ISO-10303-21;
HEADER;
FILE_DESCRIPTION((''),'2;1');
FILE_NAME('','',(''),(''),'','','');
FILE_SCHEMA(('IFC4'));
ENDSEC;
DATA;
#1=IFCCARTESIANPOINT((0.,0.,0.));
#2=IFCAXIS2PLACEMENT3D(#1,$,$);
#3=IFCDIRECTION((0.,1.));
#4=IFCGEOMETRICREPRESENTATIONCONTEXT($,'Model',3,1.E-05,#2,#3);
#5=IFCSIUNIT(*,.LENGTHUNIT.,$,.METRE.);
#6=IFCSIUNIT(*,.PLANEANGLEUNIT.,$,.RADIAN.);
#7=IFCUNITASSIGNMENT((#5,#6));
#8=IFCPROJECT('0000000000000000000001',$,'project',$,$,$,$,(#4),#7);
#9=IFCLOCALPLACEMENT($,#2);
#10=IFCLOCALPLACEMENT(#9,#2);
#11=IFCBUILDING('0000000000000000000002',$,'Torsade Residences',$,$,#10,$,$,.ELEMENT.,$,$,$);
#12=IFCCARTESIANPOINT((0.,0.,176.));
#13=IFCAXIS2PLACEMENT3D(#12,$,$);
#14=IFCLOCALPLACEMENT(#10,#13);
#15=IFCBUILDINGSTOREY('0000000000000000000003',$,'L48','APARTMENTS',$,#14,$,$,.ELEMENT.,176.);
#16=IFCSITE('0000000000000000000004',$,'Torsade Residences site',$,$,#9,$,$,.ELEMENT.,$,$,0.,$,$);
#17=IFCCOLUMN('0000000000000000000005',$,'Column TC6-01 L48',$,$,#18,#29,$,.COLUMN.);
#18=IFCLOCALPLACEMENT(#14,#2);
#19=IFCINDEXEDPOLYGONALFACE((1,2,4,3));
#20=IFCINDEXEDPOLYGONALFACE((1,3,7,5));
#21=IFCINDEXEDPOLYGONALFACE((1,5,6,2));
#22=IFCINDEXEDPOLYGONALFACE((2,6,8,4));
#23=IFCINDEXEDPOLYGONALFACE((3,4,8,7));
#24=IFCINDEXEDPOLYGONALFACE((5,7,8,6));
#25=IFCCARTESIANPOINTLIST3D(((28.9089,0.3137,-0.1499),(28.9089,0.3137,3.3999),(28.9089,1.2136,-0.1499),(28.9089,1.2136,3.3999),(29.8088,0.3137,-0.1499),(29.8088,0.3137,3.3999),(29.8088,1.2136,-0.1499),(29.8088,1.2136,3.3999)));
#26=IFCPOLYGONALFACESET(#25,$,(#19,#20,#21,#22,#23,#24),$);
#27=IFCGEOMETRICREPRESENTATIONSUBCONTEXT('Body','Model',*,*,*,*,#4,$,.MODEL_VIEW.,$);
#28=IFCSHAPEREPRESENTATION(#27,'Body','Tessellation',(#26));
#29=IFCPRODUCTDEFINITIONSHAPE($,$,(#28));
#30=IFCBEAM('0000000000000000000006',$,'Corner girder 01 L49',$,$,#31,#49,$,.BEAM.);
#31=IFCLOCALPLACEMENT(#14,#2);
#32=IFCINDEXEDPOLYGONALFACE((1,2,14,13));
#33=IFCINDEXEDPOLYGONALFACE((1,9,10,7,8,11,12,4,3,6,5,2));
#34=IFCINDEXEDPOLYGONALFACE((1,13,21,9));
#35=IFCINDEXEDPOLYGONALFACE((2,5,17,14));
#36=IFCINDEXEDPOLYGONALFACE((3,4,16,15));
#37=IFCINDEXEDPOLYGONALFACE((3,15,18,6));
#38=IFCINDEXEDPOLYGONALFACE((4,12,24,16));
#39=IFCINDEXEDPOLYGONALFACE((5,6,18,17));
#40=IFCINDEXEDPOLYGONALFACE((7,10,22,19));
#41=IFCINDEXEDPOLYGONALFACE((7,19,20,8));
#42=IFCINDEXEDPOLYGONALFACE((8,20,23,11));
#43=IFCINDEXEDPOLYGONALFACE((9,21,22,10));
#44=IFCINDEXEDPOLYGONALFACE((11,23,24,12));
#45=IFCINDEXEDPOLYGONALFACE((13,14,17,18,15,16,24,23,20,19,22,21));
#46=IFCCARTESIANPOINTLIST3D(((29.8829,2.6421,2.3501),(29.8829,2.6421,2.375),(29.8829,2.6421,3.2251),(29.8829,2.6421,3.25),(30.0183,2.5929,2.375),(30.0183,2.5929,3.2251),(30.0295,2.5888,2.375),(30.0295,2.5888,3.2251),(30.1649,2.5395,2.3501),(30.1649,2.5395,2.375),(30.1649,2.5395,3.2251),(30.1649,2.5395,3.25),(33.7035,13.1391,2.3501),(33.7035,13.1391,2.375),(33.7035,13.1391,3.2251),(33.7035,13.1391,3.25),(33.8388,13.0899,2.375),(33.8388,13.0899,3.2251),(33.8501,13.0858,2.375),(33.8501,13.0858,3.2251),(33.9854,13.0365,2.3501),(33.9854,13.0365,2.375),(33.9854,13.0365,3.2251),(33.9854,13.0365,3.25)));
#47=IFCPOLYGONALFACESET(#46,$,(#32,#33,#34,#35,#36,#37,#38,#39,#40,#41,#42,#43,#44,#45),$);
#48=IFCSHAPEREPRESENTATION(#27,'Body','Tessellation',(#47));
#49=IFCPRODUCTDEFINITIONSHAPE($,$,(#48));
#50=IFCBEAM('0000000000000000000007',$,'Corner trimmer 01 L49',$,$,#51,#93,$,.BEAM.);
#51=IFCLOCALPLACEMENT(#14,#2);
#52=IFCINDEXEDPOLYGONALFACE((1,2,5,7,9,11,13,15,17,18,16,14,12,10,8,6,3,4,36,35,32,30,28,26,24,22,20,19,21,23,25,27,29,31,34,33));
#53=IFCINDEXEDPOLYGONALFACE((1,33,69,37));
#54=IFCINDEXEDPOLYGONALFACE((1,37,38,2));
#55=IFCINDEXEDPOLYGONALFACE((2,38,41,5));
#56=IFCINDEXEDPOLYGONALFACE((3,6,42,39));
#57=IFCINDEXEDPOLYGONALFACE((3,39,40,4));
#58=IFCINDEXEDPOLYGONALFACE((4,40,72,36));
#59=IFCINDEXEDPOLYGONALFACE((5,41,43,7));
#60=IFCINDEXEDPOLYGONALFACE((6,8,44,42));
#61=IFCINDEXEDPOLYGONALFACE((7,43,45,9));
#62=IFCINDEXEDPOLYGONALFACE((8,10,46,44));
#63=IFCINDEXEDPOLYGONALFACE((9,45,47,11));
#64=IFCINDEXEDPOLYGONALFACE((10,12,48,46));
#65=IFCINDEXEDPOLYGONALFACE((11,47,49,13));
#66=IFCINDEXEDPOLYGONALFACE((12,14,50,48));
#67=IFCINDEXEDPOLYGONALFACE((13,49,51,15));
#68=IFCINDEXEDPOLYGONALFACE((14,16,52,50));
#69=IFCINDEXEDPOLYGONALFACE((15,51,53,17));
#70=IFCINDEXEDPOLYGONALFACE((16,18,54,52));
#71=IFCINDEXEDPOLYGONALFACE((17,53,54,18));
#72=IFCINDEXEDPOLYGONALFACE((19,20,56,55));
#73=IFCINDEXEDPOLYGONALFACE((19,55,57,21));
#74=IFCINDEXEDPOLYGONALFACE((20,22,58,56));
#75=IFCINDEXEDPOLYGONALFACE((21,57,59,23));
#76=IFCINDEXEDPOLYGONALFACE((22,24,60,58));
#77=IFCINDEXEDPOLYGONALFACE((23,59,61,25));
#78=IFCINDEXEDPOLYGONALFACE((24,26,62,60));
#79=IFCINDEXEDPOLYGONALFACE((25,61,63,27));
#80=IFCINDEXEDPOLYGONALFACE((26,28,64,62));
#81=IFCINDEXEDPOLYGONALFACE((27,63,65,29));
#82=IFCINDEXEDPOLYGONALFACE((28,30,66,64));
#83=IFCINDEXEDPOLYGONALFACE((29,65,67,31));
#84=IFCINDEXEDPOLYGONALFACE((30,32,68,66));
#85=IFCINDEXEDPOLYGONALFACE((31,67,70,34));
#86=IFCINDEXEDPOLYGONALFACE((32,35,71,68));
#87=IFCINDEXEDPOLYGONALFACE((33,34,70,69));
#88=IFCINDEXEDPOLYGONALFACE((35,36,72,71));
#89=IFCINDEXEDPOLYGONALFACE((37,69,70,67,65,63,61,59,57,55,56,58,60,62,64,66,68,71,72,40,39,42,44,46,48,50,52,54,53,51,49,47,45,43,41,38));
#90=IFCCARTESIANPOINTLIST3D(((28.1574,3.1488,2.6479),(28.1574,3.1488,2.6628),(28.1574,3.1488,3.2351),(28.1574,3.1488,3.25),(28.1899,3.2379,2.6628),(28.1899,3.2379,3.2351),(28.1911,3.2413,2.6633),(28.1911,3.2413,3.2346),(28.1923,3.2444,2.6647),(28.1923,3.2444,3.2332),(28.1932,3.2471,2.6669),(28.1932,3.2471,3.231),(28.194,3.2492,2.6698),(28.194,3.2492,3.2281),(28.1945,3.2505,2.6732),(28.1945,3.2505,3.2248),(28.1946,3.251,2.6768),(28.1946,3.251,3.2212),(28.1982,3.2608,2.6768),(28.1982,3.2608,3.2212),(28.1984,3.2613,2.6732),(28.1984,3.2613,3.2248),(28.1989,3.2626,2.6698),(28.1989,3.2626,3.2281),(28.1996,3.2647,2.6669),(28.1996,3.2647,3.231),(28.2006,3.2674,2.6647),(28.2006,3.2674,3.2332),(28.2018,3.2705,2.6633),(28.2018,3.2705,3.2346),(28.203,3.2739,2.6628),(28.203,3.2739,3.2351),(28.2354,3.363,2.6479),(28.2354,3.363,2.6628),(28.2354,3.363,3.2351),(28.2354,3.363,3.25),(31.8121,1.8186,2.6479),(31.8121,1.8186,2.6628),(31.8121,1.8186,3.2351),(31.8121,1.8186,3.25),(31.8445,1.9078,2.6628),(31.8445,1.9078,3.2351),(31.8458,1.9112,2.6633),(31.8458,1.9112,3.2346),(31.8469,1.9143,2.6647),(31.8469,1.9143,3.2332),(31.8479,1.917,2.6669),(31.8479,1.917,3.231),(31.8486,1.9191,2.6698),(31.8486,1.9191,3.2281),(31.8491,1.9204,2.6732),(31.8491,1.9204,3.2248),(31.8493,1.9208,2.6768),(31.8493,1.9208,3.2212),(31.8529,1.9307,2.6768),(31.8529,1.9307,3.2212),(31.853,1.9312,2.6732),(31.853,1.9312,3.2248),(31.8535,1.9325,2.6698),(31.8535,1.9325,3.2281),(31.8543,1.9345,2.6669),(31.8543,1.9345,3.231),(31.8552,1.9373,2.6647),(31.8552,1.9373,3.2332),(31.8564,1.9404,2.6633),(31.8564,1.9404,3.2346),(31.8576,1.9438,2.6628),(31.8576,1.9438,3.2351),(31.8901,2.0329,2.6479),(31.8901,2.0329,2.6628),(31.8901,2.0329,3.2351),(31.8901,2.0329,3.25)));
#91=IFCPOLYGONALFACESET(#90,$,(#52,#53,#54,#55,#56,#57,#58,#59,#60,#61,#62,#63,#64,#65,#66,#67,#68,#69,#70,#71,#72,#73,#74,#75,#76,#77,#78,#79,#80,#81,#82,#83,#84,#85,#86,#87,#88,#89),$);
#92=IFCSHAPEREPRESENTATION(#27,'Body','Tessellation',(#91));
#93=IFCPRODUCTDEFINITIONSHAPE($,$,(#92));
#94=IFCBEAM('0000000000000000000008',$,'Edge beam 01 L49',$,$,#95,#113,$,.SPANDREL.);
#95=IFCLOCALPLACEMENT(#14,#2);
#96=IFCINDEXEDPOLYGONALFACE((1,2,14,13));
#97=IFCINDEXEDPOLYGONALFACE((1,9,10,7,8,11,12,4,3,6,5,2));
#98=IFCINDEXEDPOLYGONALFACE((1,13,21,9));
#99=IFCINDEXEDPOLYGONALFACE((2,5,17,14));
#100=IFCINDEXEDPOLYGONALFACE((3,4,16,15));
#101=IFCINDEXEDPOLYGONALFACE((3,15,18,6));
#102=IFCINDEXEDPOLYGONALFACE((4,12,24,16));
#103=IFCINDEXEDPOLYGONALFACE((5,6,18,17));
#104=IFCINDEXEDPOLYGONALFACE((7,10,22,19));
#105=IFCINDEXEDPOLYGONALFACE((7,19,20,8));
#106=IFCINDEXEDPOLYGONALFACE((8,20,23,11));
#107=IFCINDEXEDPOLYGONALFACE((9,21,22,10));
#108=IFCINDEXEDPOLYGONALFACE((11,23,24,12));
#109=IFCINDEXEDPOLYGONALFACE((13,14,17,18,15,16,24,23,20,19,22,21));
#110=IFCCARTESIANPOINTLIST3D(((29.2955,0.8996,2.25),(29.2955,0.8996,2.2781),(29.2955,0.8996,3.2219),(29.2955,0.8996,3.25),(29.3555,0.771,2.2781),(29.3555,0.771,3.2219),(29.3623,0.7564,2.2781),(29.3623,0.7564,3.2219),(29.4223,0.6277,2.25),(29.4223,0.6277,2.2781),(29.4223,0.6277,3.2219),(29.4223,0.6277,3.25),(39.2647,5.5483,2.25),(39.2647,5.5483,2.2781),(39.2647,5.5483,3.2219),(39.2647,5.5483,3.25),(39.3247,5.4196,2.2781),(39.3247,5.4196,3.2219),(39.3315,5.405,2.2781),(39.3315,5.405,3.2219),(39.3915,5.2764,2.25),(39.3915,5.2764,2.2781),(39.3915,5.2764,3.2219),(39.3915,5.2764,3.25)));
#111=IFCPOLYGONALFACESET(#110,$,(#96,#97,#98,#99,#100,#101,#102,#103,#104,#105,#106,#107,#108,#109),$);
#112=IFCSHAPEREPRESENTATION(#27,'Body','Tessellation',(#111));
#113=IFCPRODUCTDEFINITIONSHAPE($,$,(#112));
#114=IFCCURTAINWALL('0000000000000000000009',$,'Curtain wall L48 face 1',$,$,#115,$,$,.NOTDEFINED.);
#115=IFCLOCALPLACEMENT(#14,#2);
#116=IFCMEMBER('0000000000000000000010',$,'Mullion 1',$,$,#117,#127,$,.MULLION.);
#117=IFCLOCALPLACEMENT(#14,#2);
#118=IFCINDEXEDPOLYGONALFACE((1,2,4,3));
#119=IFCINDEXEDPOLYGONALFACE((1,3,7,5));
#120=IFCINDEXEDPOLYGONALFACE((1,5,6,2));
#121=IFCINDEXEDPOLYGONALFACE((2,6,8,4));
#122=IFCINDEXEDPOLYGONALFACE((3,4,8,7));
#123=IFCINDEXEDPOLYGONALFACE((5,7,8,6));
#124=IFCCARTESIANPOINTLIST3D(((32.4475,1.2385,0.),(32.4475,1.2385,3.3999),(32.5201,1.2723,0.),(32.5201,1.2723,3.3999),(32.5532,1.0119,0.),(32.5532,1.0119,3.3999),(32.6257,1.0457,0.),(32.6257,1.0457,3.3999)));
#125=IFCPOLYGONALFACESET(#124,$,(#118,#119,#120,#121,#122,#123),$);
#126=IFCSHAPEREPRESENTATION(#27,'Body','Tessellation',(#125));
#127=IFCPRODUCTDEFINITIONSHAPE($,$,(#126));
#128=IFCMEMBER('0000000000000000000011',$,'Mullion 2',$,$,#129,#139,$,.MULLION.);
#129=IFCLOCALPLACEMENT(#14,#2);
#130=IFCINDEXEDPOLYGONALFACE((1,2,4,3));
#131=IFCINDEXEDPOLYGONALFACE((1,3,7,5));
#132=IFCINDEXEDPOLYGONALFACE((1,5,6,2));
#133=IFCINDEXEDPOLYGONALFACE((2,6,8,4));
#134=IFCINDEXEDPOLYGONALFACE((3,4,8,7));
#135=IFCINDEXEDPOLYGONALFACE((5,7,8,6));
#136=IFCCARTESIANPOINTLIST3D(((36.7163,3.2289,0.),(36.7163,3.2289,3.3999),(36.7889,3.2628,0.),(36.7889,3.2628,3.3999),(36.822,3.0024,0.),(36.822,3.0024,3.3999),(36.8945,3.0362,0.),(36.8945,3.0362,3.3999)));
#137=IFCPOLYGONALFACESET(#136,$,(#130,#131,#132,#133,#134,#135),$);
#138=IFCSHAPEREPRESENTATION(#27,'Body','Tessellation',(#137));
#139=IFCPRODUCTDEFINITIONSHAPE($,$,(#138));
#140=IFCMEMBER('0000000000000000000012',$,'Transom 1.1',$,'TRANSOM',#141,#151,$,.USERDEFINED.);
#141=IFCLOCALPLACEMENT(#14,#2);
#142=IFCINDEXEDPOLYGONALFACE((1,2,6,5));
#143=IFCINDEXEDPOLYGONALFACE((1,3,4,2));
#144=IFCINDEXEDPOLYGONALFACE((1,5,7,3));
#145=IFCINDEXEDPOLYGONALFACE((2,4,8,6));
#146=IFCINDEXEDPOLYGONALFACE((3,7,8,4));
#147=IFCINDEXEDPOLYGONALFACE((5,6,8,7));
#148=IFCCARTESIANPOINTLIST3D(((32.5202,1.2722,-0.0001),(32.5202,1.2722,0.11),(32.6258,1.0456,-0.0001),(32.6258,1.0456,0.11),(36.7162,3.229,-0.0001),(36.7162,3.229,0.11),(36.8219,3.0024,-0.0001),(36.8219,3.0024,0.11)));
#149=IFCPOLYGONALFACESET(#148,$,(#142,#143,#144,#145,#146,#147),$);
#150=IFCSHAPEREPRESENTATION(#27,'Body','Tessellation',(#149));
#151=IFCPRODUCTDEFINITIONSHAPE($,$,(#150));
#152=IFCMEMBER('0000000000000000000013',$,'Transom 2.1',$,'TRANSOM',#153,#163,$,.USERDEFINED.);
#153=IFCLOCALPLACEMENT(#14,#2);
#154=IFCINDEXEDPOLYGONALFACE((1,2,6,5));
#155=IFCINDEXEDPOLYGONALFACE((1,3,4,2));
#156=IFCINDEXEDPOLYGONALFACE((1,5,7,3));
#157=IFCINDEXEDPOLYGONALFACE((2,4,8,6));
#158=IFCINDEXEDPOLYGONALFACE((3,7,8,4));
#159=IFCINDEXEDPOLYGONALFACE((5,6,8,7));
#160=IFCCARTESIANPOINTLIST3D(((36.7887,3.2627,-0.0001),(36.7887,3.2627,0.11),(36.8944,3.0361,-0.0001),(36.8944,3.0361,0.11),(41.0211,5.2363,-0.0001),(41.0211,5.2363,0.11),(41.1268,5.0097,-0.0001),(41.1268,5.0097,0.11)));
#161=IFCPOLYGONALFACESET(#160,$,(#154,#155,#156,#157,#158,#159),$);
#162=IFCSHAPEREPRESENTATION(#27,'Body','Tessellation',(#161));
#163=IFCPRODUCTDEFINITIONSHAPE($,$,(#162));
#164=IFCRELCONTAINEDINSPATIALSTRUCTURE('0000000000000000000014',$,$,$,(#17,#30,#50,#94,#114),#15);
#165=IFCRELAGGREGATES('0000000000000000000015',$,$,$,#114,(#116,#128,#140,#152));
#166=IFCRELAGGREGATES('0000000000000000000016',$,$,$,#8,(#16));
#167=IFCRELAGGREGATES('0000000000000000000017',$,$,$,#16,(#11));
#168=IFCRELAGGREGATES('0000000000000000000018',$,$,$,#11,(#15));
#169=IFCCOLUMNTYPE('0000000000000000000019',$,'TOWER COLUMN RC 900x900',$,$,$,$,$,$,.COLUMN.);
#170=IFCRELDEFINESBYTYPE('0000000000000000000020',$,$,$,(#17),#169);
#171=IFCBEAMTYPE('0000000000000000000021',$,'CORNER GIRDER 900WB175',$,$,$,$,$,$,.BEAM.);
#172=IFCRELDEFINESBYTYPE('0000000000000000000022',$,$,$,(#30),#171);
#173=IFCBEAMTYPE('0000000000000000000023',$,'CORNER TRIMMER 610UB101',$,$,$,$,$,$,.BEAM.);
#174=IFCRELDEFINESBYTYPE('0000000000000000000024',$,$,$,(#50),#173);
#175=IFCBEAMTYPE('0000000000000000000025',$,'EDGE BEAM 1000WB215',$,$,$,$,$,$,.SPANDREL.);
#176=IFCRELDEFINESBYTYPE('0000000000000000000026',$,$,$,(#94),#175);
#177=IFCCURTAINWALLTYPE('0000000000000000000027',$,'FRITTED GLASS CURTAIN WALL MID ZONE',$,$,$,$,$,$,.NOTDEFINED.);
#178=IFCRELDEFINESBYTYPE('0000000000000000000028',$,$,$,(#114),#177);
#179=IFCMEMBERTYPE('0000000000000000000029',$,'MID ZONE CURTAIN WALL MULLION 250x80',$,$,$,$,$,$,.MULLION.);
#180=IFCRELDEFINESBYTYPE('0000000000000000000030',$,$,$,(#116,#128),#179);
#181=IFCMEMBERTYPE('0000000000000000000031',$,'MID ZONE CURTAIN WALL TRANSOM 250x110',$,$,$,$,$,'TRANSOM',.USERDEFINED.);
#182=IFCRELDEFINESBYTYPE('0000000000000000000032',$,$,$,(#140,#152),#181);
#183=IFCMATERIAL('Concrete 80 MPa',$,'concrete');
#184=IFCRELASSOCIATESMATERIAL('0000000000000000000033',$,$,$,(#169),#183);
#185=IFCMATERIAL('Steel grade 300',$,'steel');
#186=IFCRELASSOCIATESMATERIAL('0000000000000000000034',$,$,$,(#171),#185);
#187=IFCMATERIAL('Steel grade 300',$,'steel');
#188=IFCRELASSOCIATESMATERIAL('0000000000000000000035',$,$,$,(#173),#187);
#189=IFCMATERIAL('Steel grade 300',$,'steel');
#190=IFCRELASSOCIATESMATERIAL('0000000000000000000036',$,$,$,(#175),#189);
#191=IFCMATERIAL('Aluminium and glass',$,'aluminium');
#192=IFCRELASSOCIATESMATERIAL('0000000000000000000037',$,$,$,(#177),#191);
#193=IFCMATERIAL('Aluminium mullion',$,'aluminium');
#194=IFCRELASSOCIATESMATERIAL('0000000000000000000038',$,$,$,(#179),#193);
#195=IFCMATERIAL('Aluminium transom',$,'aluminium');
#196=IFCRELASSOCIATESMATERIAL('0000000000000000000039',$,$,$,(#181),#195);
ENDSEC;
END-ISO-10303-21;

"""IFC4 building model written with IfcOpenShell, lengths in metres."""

from ifc_helpers import new_model, si_unit, direction, frame, origin, origin_2d, place, context, subcontext, project, spatial, rectangle, i_section, extrude, material, material_profile, profile_set, type_object, element, aggregate, save


model = new_model("IFC4")

# Units and contexts
model_context = context("Model", 3, precision=1e-05, world=origin(), true_north=direction((0.0, 1.0)))
body_context = subcontext(model_context, "Body", "Model", "MODEL_VIEW")
ifc_project = project(units=[si_unit("LENGTHUNIT", "METRE"), si_unit("PLANEANGLEUNIT", "RADIAN")], contexts=[model_context])

# Site, building, storey
site_placement = place(None, origin())
site = spatial("IfcSite", under=ifc_project, at=site_placement, Name="Torsade Residences site", CompositionType="ELEMENT", RefElevation=0.0)
building_placement = place(site_placement, origin())
building = spatial("IfcBuilding", under=site, at=building_placement, Name="Torsade Residences", CompositionType="ELEMENT")
storey_placement = place(building_placement, frame((0.0, 0.0, 176.0)))
storey = spatial("IfcBuildingStorey", under=building, at=storey_placement, Name="L48", Description="APARTMENTS", CompositionType="ELEMENT", Elevation=176.0)

# Column
ifc_material_1 = material(Name="Concrete 80 MPa", Category="concrete")
ifc_material_profile_1 = material_profile(ifc_material_1, rectangle(XDim=0.8999, YDim=0.8999, at=origin_2d()), Name="RC 900x900")
ifc_profile_set_1 = profile_set([ifc_material_profile_1], Name="Concrete 80 MPa")
column_type = type_object("IfcColumnType", Name="TOWER COLUMN RC 900x900", PredefinedType="COLUMN", material=ifc_profile_set_1)
column_placement = place(storey_placement, frame((29.3589, 0.7637, -0.1499), z_axis=(0.0, 0.0, 1.0), x_axis=(1.0, 0.0, 0.0)))
element("IfcColumn", 1, at=column_placement, inside=storey, type_object=column_type, Name="Column TC6-01 L48", PredefinedType="COLUMN", context=body_context, shape_type="SweptSolid", body=[
    extrude(rectangle(XDim=0.8999, YDim=0.8999, at=origin_2d()), origin(), (0.0, 0.0, 1.0), 3.5498),
])

# Beams
ifc_material_2 = material(Name="Steel grade 300", Category="steel")
ifc_material_profile_2 = material_profile(ifc_material_2, i_section(OverallWidth=0.3, OverallDepth=0.8999, WebThickness=0.012, FlangeThickness=0.0249, at=origin_2d()), Name="900WB175")
ifc_profile_set_2 = profile_set([ifc_material_profile_2], Name="Steel grade 300")
beam_type_1 = type_object("IfcBeamType", Name="CORNER GIRDER 900WB175", PredefinedType="BEAM", material=ifc_profile_set_2)
beam_1_placement = place(storey_placement, frame((30.0239, 2.5908, 2.8), z_axis=(0.342015, 0.939694, 0.0), x_axis=(-0.939694, 0.342015, 0.0)))
element("IfcBeam", 2, at=beam_1_placement, inside=storey, type_object=beam_type_1, Name="Corner girder 01 L49", PredefinedType="BEAM", context=body_context, shape_type="SweptSolid", body=[
    extrude(i_section(OverallWidth=0.3, OverallDepth=0.8999, WebThickness=0.012, FlangeThickness=0.0249, at=origin_2d()), origin(), (0.0, 0.0, 1.0), 11.1707),
])
ifc_material_3 = material(Name="Steel grade 300", Category="steel")
ifc_material_profile_3 = material_profile(ifc_material_3, i_section(OverallWidth=0.228, OverallDepth=0.6021, WebThickness=0.0105, FlangeThickness=0.0149, FilletRadius=0.0139, at=origin_2d()), Name="610UB101")
ifc_profile_set_3 = profile_set([ifc_material_profile_3], Name="Steel grade 300")
beam_type_2 = type_object("IfcBeamType", Name="CORNER TRIMMER 610UB101", PredefinedType="BEAM", material=ifc_profile_set_3)
beam_2_placement = place(storey_placement, frame((31.8511, 1.9258, 2.949), z_axis=(-0.939698, 0.342005, 0.0), x_axis=(-0.342005, -0.939698, 0.0)))
element("IfcBeam", 3, at=beam_2_placement, inside=storey, type_object=beam_type_2, Name="Corner trimmer 01 L49", PredefinedType="BEAM", context=body_context, shape_type="SweptSolid", body=[
    extrude(i_section(OverallWidth=0.228, OverallDepth=0.6021, WebThickness=0.0105, FlangeThickness=0.0149, FilletRadius=0.0139, at=origin_2d()), origin(), (0.0, 0.0, 1.0), 3.8892),
])
ifc_material_4 = material(Name="Steel grade 300", Category="steel")
ifc_material_profile_4 = material_profile(ifc_material_4, i_section(OverallWidth=0.3, OverallDepth=1.0, WebThickness=0.0161, FlangeThickness=0.0281, at=origin_2d()), Name="1000WB215")
ifc_profile_set_4 = profile_set([ifc_material_profile_4], Name="Steel grade 300")
beam_type_3 = type_object("IfcBeamType", Name="EDGE BEAM 1000WB215", PredefinedType="SPANDREL", material=ifc_profile_set_4)
beam_3_placement = place(storey_placement, frame((29.3589, 0.7637, 2.75), z_axis=(0.90631, 0.422614, 0.0), x_axis=(-0.422614, 0.90631, 0.0)))
element("IfcBeam", 4, at=beam_3_placement, inside=storey, type_object=beam_type_3, Name="Edge beam 01 L49", PredefinedType="SPANDREL", context=body_context, shape_type="SweptSolid", body=[
    extrude(i_section(OverallWidth=0.3, OverallDepth=1.0, WebThickness=0.0161, FlangeThickness=0.0281, at=origin_2d()), origin(), (0.0, 0.0, 1.0), 10.9998),
])

# Curtain wall, members
ifc_material_5 = material(Name="Aluminium and glass", Category="aluminium")
curtain_wall_type = type_object("IfcCurtainWallType", Name="FRITTED GLASS CURTAIN WALL MID ZONE", PredefinedType="NOTDEFINED", material=ifc_material_5)
curtain_wall_placement = place(storey_placement, origin())
curtain_wall = element("IfcCurtainWall", 5, at=curtain_wall_placement, inside=storey, type_object=curtain_wall_type, Name="Curtain wall L48 face 1", PredefinedType="NOTDEFINED")
ifc_material_6 = material(Name="Aluminium mullion", Category="aluminium")
ifc_material_profile_5 = material_profile(ifc_material_6, rectangle(XDim=0.25, YDim=0.0801, at=origin_2d()), Name="MID ZONE CURTAIN WALL MULLION 250x80")
ifc_profile_set_5 = profile_set([ifc_material_profile_5], Name="Aluminium mullion")
member_type_1 = type_object("IfcMemberType", Name="MID ZONE CURTAIN WALL MULLION 250x80", PredefinedType="MULLION", material=ifc_profile_set_5)
member_1_placement = place(storey_placement, frame((32.5366, 1.1421, 0.0), z_axis=(0.0, 0.0, 1.0), x_axis=(-0.422618, 0.906308, 0.0)))
member_1 = element("IfcMember", 6, at=member_1_placement, type_object=member_type_1, Name="Mullion 1", PredefinedType="MULLION", context=body_context, shape_type="SweptSolid", body=[
    extrude(rectangle(XDim=0.25, YDim=0.0801, at=origin_2d()), origin(), (0.0, 0.0, 1.0), 3.3999),
])
member_2_placement = place(storey_placement, frame((36.8054, 3.1326, 0.0), z_axis=(0.0, 0.0, 1.0), x_axis=(-0.422618, 0.906308, 0.0)))
member_2 = element("IfcMember", 7, at=member_2_placement, type_object=member_type_1, Name="Mullion 2", PredefinedType="MULLION", context=body_context, shape_type="SweptSolid", body=[
    extrude(rectangle(XDim=0.25, YDim=0.0801, at=origin_2d()), origin(), (0.0, 0.0, 1.0), 3.3999),
])
ifc_material_7 = material(Name="Aluminium transom", Category="aluminium")
ifc_material_profile_6 = material_profile(ifc_material_7, rectangle(XDim=0.25, YDim=0.1101, at=origin_2d()), Name="MID ZONE CURTAIN WALL TRANSOM 250x110")
ifc_profile_set_6 = profile_set([ifc_material_profile_6], Name="Aluminium transom")
member_type_2 = type_object("IfcMemberType", Name="MID ZONE CURTAIN WALL TRANSOM 250x110", ElementType="TRANSOM", PredefinedType="USERDEFINED", material=ifc_profile_set_6)
member_3_placement = place(storey_placement, frame((32.573, 1.1589, 0.0549), z_axis=(0.906296, 0.422643, 0.0), x_axis=(-0.422643, 0.906296, 0.0)))
member_3 = element("IfcMember", 8, at=member_3_placement, type_object=member_type_2, Name="Transom 1.1", ObjectType="TRANSOM", PredefinedType="USERDEFINED", context=body_context, shape_type="SweptSolid", body=[
    extrude(rectangle(XDim=0.25, YDim=0.1101, at=origin_2d()), origin(), (0.0, 0.0, 1.0), 4.6299),
])
member_4_placement = place(storey_placement, frame((36.8416, 3.1494, 0.0549), z_axis=(0.906306, 0.422622, 0.0), x_axis=(-0.422622, 0.906306, 0.0)))
member_4 = element("IfcMember", 9, at=member_4_placement, type_object=member_type_2, Name="Transom 2.1", ObjectType="TRANSOM", PredefinedType="USERDEFINED", context=body_context, shape_type="SweptSolid", body=[
    extrude(rectangle(XDim=0.25, YDim=0.1101, at=origin_2d()), origin(), (0.0, 0.0, 1.0), 4.6699),
])

aggregate(curtain_wall, [member_1, member_2, member_3, member_4])

save(model, "model.ifc")
